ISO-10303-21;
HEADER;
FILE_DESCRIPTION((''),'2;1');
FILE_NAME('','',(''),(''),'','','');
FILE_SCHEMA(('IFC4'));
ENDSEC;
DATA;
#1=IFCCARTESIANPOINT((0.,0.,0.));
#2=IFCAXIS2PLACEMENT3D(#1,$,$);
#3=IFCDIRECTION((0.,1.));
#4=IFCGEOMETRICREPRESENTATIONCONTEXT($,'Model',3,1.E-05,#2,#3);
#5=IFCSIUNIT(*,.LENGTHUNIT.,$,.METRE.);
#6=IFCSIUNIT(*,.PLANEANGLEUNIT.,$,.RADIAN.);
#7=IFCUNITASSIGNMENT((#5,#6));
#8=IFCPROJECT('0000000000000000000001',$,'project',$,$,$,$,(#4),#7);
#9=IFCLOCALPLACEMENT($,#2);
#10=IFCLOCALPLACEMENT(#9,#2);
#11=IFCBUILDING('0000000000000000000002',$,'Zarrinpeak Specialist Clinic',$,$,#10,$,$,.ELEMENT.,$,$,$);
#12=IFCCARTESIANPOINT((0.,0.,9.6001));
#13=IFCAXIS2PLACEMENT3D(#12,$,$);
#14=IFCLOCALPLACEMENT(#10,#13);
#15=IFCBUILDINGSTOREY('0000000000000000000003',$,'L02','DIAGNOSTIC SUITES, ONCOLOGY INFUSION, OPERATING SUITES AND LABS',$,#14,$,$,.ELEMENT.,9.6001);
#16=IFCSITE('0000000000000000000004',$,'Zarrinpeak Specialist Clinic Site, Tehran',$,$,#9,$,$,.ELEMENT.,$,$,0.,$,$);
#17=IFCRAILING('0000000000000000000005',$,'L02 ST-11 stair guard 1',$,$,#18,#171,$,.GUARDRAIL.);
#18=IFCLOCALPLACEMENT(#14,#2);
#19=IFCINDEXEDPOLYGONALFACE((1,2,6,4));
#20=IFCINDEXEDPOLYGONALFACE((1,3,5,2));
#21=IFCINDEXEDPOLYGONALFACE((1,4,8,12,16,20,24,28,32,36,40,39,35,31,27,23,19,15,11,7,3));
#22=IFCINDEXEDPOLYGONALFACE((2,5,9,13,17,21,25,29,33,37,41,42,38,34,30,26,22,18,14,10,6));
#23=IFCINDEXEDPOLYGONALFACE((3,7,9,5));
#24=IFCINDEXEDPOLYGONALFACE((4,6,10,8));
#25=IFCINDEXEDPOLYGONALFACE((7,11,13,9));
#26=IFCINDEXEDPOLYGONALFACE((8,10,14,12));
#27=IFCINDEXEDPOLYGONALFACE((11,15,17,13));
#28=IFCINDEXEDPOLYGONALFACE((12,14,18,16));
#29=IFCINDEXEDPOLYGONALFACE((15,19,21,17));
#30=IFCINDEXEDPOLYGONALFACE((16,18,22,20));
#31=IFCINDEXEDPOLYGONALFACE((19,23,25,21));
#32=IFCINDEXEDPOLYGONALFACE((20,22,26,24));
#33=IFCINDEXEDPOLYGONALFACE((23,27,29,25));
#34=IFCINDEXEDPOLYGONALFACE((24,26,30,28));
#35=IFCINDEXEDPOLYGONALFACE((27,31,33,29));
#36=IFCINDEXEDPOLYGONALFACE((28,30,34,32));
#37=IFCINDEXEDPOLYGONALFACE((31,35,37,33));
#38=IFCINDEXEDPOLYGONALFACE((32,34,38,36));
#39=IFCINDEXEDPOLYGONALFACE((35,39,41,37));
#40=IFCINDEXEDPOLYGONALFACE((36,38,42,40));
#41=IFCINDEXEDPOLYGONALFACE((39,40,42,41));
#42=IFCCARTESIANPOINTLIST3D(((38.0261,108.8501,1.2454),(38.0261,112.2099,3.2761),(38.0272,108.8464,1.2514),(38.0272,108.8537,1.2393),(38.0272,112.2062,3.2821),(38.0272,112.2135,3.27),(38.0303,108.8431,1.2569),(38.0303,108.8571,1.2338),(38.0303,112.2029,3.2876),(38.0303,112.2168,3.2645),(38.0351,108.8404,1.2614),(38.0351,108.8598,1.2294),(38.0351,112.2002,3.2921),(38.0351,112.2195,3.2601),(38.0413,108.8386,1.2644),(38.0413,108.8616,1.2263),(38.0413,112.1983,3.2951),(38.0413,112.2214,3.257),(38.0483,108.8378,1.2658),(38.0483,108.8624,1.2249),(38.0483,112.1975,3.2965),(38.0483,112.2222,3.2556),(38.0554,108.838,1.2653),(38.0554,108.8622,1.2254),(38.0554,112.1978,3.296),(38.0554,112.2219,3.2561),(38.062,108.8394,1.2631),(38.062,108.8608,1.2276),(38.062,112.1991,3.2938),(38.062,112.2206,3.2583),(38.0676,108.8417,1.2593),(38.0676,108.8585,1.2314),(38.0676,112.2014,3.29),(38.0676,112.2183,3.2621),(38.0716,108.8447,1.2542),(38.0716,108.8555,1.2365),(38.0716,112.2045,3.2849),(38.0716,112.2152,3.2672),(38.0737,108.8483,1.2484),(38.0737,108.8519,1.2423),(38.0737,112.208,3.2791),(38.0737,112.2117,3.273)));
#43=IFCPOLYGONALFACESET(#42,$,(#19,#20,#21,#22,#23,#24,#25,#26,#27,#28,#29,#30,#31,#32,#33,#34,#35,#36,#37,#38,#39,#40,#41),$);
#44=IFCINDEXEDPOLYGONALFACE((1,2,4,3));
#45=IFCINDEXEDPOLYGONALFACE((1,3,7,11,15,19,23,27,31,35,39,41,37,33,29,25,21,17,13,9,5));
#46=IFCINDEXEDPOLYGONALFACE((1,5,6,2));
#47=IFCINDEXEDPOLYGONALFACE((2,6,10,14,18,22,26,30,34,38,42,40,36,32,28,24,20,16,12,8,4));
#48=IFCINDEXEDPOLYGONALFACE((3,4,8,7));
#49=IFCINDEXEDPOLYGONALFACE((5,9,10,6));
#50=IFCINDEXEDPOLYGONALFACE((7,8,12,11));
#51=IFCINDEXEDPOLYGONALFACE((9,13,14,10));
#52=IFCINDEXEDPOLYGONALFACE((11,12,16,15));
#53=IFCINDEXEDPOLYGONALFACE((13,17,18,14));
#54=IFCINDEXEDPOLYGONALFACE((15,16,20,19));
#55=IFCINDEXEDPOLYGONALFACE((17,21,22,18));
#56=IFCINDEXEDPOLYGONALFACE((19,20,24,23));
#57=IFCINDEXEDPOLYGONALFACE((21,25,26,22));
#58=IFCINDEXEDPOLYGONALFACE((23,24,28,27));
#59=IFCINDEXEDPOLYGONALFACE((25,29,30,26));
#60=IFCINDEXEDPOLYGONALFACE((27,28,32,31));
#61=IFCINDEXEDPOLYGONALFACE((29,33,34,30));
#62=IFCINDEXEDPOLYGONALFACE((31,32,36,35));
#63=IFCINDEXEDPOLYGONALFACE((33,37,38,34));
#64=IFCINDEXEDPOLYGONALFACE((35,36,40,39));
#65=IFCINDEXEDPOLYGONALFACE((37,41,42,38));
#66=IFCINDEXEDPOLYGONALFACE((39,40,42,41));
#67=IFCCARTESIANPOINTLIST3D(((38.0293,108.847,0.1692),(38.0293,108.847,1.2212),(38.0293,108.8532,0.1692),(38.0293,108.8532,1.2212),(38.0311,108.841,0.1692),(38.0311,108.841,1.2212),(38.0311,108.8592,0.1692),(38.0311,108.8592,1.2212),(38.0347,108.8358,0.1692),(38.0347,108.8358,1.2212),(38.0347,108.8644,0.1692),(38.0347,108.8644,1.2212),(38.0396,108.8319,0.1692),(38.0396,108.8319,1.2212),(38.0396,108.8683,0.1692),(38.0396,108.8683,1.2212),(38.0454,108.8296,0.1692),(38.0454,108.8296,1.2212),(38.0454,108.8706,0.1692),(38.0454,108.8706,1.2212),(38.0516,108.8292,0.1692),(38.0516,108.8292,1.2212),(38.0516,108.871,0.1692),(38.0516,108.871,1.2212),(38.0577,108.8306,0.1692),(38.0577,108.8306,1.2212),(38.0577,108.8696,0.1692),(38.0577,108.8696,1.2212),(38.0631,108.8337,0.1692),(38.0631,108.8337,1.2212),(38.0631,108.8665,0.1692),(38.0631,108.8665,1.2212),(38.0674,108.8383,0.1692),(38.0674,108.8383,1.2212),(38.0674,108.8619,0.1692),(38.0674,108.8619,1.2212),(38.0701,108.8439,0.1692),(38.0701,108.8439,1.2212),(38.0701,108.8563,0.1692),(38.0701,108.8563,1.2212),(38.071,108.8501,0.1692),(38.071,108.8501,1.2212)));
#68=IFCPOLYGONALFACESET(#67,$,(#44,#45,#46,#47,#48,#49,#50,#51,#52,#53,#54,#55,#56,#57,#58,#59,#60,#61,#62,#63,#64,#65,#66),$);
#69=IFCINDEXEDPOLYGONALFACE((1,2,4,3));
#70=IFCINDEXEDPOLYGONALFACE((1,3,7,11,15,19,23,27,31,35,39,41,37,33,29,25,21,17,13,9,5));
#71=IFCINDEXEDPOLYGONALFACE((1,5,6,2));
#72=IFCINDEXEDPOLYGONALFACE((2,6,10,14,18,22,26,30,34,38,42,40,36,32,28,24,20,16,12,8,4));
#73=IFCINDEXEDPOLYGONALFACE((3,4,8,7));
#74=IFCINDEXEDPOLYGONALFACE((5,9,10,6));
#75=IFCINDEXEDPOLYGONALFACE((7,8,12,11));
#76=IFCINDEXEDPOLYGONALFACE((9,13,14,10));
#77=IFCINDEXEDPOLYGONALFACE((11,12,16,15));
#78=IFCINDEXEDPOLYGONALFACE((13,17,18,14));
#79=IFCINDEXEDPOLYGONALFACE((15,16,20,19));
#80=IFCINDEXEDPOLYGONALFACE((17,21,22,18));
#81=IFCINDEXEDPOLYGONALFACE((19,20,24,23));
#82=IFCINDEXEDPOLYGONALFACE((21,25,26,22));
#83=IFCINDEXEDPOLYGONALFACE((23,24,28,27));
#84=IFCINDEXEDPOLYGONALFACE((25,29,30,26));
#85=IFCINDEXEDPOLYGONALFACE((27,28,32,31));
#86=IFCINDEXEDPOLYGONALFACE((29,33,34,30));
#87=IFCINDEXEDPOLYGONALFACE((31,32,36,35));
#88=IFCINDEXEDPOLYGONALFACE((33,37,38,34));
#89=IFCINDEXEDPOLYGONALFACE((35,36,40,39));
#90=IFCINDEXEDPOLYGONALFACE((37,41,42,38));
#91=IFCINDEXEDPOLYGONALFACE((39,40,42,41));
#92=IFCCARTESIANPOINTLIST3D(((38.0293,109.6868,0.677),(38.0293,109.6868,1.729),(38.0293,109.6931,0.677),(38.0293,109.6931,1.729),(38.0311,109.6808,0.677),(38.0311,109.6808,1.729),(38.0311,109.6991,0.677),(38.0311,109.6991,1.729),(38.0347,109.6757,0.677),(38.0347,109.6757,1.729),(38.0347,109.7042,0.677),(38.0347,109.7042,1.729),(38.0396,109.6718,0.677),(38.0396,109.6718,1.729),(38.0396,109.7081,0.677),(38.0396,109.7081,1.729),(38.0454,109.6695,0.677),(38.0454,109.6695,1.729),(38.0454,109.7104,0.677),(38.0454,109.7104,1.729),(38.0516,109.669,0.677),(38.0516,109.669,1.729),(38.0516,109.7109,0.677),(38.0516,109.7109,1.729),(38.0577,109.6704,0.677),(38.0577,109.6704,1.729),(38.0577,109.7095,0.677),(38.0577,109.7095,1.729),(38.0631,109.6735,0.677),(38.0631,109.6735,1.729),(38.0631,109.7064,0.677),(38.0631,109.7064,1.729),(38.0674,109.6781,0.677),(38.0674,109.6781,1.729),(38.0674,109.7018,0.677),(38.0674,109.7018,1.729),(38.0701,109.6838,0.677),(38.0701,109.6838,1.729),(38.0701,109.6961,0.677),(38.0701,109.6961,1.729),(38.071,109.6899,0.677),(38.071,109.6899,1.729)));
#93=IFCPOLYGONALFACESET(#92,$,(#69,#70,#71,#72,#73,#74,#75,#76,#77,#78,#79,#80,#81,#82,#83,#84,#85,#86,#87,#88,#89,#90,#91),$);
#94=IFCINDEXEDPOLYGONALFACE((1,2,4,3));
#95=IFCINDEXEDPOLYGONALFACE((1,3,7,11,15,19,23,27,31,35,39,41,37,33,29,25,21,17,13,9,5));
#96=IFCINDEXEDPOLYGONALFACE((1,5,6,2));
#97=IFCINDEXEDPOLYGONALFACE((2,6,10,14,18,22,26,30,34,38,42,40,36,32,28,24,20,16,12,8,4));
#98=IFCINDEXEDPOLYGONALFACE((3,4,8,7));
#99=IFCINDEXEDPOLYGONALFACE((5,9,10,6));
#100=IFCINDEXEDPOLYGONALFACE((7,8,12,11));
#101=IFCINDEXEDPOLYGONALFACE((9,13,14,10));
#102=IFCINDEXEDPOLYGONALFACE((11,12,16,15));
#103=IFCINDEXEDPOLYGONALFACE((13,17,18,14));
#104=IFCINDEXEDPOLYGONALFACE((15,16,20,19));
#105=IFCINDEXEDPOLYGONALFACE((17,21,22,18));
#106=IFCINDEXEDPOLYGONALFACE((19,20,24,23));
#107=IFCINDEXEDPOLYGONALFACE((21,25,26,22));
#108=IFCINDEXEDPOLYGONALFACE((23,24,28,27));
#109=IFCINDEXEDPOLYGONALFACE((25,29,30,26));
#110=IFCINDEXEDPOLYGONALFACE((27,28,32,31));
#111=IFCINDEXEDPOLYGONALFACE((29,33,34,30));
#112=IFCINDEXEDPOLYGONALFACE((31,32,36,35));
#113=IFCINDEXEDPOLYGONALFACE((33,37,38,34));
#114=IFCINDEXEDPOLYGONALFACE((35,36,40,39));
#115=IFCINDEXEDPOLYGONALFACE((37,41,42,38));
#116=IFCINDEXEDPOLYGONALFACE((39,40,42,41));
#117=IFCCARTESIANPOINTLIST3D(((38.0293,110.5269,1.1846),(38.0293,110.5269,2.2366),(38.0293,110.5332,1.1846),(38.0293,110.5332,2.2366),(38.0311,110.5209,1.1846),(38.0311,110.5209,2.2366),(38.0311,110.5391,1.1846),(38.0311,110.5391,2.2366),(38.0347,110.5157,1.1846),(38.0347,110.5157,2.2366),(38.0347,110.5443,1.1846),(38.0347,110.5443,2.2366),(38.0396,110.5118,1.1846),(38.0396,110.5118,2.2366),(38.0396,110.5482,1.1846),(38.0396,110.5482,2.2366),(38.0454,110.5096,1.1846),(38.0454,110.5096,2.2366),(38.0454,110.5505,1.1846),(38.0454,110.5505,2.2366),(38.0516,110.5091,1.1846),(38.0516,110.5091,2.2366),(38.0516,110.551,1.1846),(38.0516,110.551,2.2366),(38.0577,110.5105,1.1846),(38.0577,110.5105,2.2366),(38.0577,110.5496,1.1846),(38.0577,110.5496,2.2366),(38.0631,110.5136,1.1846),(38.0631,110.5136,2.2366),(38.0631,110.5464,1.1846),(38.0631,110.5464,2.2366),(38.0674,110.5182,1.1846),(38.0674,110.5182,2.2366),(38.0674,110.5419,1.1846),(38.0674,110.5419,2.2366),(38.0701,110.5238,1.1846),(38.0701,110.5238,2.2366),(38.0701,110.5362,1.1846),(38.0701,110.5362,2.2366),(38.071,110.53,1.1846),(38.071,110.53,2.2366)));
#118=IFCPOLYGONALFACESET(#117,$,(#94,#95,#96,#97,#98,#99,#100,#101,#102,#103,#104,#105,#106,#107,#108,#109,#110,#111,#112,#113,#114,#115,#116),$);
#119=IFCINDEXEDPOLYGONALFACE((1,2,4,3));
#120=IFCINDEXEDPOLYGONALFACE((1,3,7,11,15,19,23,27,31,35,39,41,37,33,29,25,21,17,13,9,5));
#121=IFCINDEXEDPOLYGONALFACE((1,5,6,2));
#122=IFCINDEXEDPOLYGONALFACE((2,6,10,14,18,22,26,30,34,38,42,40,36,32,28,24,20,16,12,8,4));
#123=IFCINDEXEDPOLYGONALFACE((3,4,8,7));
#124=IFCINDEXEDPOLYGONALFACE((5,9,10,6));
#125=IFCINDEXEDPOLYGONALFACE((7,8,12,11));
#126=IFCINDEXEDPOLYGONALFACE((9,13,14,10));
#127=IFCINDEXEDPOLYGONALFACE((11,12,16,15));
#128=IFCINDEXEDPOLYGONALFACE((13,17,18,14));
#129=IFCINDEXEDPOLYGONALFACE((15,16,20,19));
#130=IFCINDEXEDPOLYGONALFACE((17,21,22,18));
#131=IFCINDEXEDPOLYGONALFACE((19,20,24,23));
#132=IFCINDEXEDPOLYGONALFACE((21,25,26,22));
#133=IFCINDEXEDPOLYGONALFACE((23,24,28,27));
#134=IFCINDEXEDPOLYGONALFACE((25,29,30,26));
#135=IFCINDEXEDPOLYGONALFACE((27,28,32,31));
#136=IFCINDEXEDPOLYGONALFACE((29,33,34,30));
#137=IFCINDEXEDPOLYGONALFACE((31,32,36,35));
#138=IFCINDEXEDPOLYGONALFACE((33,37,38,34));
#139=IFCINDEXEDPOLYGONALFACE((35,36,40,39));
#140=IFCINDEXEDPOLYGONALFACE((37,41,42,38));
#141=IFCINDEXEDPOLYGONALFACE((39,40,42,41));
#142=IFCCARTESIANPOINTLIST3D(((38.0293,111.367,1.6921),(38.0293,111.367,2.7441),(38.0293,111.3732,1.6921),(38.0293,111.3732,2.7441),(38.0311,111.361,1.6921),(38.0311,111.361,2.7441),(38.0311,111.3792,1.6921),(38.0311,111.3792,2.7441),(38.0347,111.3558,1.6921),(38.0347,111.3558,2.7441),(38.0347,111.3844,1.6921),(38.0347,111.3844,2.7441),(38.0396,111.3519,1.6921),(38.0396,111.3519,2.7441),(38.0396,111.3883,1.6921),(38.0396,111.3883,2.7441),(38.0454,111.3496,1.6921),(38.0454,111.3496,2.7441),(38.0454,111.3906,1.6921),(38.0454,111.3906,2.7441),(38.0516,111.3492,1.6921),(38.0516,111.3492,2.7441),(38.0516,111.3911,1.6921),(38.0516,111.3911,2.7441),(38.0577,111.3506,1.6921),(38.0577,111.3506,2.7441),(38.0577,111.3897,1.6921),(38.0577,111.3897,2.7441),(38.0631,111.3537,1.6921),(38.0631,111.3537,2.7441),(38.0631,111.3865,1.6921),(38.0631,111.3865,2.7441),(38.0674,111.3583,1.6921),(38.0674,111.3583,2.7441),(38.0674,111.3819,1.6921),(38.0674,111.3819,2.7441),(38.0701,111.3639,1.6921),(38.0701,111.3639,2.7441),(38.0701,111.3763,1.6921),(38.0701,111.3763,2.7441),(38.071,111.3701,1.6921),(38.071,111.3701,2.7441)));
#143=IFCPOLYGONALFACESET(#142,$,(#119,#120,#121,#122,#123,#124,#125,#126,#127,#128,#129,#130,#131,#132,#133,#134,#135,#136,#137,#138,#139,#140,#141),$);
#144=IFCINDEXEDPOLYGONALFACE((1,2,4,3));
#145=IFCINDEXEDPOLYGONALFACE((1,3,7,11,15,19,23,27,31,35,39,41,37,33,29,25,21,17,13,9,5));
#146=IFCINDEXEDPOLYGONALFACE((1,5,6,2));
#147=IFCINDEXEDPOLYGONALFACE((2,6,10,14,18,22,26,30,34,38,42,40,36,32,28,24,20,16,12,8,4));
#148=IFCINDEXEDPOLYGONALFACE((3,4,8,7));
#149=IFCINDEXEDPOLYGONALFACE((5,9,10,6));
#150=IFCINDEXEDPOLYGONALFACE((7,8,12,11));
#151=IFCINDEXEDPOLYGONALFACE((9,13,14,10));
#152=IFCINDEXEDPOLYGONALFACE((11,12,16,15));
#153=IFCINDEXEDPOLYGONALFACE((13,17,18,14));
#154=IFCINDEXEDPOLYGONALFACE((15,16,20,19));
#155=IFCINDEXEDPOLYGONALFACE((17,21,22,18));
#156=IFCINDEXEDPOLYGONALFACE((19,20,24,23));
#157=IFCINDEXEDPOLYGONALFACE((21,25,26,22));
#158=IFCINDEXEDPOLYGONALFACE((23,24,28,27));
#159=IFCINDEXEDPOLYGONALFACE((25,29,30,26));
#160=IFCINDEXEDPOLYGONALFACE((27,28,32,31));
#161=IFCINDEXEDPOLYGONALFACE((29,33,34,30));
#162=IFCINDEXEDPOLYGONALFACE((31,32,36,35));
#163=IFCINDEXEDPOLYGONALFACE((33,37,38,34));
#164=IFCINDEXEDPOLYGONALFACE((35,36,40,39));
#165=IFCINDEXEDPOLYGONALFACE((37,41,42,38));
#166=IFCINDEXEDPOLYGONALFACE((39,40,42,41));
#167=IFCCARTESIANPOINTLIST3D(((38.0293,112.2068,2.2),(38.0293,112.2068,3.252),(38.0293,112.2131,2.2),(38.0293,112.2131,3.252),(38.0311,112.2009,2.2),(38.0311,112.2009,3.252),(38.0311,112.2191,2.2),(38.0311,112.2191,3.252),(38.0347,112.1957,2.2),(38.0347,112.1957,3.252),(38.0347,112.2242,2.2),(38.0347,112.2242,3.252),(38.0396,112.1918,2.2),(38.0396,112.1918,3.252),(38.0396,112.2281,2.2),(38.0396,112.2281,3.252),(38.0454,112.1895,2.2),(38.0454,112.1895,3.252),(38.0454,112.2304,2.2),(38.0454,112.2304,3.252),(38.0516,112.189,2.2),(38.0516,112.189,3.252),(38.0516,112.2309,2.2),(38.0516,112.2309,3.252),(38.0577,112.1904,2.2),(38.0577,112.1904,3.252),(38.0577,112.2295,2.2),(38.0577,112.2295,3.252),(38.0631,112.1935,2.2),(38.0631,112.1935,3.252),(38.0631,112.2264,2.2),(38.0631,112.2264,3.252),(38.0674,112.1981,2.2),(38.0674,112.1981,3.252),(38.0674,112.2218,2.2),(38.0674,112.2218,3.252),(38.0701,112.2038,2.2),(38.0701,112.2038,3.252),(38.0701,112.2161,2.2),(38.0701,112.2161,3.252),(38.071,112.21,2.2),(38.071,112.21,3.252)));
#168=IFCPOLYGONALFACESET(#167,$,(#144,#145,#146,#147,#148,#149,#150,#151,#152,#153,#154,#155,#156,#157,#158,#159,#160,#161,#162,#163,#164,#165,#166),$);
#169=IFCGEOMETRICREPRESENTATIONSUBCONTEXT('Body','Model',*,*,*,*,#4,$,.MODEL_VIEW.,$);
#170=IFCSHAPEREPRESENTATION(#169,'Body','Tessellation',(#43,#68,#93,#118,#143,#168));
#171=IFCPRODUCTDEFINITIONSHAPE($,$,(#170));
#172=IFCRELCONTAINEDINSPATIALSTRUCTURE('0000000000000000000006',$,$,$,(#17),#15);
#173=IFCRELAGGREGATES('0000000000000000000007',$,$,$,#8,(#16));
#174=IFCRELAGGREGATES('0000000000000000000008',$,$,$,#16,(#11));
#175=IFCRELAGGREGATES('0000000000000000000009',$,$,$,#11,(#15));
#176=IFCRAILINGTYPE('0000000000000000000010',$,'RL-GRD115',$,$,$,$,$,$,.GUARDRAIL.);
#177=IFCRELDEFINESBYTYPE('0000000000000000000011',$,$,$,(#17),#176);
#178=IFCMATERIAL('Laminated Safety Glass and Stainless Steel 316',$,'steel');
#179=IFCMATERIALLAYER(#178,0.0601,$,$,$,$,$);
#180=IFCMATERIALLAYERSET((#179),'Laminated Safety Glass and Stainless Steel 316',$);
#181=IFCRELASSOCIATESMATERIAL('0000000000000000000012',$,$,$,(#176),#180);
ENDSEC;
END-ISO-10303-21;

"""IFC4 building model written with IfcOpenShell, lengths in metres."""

from ifc_helpers import new_model, si_unit, direction, frame, origin, origin_2d, place, context, subcontext, project, spatial, circle, extrude, material, layer, layer_set, type_object, element, save


model = new_model("IFC4")

# Units and contexts
model_context = context("Model", 3, precision=1e-05, world=origin(), true_north=direction((0.0, 1.0)))
body_context = subcontext(model_context, "Body", "Model", "MODEL_VIEW")
ifc_project = project(units=[si_unit("LENGTHUNIT", "METRE"), si_unit("PLANEANGLEUNIT", "RADIAN")], contexts=[model_context])

# Site, building, storey
site_placement = place(None, origin())
site = spatial("IfcSite", under=ifc_project, at=site_placement, Name="Zarrinpeak Specialist Clinic Site, Tehran", CompositionType="ELEMENT", RefElevation=0.0)
building_placement = place(site_placement, origin())
building = spatial("IfcBuilding", under=site, at=building_placement, Name="Zarrinpeak Specialist Clinic", CompositionType="ELEMENT")
storey_placement = place(building_placement, frame((0.0, 0.0, 9.6001)))
storey = spatial("IfcBuildingStorey", under=building, at=storey_placement, Name="L02", Description="DIAGNOSTIC SUITES, ONCOLOGY INFUSION, OPERATING SUITES AND LABS", CompositionType="ELEMENT", Elevation=9.6001)

# Railing
ifc_material_1 = material(Name="Laminated Safety Glass and Stainless Steel 316", Category="steel")
ifc_layer_1 = layer(ifc_material_1, 0.0601)
ifc_layer_set_1 = layer_set([ifc_layer_1], Name="Laminated Safety Glass and Stainless Steel 316")
railing_type = type_object("IfcRailingType", Name="RL-GRD115", PredefinedType="GUARDRAIL", material=ifc_layer_set_1)
railing_1_placement = place(storey_placement, frame((38.05, 108.8501, 0.1692)))
element("IfcRailing", 1, at=railing_1_placement, inside=storey, type_object=railing_type, Name="L02 ST-11 stair guard 1", PredefinedType="GUARDRAIL", context=body_context, shape_type="SweptSolid", body=[
    extrude(circle(Radius=0.0239, at=origin_2d()), frame((0.0, 0.0, 1.0762), z_axis=(0.0, 0.85582, 0.517273), x_axis=(-1.0, 0.0, 0.0)), (0.0, 0.0, 1.0), 3.9258),
    extrude(circle(Radius=0.021, at=origin_2d()), origin(), (0.0, 0.0, 1.0), 1.052),
    extrude(circle(Radius=0.021, at=origin_2d()), frame((0.0, 0.8398, 0.5078)), (0.0, 0.0, 1.0), 1.052),
    extrude(circle(Radius=0.021, at=origin_2d()), frame((0.0, 1.6799, 1.0154)), (0.0, 0.0, 1.0), 1.052),
    extrude(circle(Radius=0.021, at=origin_2d()), frame((0.0, 2.52, 1.5229)), (0.0, 0.0, 1.0), 1.052),
    extrude(circle(Radius=0.021, at=origin_2d()), frame((0.0, 3.3599, 2.0308)), (0.0, 0.0, 1.0), 1.052),
])

save(model, "model.ifc")
